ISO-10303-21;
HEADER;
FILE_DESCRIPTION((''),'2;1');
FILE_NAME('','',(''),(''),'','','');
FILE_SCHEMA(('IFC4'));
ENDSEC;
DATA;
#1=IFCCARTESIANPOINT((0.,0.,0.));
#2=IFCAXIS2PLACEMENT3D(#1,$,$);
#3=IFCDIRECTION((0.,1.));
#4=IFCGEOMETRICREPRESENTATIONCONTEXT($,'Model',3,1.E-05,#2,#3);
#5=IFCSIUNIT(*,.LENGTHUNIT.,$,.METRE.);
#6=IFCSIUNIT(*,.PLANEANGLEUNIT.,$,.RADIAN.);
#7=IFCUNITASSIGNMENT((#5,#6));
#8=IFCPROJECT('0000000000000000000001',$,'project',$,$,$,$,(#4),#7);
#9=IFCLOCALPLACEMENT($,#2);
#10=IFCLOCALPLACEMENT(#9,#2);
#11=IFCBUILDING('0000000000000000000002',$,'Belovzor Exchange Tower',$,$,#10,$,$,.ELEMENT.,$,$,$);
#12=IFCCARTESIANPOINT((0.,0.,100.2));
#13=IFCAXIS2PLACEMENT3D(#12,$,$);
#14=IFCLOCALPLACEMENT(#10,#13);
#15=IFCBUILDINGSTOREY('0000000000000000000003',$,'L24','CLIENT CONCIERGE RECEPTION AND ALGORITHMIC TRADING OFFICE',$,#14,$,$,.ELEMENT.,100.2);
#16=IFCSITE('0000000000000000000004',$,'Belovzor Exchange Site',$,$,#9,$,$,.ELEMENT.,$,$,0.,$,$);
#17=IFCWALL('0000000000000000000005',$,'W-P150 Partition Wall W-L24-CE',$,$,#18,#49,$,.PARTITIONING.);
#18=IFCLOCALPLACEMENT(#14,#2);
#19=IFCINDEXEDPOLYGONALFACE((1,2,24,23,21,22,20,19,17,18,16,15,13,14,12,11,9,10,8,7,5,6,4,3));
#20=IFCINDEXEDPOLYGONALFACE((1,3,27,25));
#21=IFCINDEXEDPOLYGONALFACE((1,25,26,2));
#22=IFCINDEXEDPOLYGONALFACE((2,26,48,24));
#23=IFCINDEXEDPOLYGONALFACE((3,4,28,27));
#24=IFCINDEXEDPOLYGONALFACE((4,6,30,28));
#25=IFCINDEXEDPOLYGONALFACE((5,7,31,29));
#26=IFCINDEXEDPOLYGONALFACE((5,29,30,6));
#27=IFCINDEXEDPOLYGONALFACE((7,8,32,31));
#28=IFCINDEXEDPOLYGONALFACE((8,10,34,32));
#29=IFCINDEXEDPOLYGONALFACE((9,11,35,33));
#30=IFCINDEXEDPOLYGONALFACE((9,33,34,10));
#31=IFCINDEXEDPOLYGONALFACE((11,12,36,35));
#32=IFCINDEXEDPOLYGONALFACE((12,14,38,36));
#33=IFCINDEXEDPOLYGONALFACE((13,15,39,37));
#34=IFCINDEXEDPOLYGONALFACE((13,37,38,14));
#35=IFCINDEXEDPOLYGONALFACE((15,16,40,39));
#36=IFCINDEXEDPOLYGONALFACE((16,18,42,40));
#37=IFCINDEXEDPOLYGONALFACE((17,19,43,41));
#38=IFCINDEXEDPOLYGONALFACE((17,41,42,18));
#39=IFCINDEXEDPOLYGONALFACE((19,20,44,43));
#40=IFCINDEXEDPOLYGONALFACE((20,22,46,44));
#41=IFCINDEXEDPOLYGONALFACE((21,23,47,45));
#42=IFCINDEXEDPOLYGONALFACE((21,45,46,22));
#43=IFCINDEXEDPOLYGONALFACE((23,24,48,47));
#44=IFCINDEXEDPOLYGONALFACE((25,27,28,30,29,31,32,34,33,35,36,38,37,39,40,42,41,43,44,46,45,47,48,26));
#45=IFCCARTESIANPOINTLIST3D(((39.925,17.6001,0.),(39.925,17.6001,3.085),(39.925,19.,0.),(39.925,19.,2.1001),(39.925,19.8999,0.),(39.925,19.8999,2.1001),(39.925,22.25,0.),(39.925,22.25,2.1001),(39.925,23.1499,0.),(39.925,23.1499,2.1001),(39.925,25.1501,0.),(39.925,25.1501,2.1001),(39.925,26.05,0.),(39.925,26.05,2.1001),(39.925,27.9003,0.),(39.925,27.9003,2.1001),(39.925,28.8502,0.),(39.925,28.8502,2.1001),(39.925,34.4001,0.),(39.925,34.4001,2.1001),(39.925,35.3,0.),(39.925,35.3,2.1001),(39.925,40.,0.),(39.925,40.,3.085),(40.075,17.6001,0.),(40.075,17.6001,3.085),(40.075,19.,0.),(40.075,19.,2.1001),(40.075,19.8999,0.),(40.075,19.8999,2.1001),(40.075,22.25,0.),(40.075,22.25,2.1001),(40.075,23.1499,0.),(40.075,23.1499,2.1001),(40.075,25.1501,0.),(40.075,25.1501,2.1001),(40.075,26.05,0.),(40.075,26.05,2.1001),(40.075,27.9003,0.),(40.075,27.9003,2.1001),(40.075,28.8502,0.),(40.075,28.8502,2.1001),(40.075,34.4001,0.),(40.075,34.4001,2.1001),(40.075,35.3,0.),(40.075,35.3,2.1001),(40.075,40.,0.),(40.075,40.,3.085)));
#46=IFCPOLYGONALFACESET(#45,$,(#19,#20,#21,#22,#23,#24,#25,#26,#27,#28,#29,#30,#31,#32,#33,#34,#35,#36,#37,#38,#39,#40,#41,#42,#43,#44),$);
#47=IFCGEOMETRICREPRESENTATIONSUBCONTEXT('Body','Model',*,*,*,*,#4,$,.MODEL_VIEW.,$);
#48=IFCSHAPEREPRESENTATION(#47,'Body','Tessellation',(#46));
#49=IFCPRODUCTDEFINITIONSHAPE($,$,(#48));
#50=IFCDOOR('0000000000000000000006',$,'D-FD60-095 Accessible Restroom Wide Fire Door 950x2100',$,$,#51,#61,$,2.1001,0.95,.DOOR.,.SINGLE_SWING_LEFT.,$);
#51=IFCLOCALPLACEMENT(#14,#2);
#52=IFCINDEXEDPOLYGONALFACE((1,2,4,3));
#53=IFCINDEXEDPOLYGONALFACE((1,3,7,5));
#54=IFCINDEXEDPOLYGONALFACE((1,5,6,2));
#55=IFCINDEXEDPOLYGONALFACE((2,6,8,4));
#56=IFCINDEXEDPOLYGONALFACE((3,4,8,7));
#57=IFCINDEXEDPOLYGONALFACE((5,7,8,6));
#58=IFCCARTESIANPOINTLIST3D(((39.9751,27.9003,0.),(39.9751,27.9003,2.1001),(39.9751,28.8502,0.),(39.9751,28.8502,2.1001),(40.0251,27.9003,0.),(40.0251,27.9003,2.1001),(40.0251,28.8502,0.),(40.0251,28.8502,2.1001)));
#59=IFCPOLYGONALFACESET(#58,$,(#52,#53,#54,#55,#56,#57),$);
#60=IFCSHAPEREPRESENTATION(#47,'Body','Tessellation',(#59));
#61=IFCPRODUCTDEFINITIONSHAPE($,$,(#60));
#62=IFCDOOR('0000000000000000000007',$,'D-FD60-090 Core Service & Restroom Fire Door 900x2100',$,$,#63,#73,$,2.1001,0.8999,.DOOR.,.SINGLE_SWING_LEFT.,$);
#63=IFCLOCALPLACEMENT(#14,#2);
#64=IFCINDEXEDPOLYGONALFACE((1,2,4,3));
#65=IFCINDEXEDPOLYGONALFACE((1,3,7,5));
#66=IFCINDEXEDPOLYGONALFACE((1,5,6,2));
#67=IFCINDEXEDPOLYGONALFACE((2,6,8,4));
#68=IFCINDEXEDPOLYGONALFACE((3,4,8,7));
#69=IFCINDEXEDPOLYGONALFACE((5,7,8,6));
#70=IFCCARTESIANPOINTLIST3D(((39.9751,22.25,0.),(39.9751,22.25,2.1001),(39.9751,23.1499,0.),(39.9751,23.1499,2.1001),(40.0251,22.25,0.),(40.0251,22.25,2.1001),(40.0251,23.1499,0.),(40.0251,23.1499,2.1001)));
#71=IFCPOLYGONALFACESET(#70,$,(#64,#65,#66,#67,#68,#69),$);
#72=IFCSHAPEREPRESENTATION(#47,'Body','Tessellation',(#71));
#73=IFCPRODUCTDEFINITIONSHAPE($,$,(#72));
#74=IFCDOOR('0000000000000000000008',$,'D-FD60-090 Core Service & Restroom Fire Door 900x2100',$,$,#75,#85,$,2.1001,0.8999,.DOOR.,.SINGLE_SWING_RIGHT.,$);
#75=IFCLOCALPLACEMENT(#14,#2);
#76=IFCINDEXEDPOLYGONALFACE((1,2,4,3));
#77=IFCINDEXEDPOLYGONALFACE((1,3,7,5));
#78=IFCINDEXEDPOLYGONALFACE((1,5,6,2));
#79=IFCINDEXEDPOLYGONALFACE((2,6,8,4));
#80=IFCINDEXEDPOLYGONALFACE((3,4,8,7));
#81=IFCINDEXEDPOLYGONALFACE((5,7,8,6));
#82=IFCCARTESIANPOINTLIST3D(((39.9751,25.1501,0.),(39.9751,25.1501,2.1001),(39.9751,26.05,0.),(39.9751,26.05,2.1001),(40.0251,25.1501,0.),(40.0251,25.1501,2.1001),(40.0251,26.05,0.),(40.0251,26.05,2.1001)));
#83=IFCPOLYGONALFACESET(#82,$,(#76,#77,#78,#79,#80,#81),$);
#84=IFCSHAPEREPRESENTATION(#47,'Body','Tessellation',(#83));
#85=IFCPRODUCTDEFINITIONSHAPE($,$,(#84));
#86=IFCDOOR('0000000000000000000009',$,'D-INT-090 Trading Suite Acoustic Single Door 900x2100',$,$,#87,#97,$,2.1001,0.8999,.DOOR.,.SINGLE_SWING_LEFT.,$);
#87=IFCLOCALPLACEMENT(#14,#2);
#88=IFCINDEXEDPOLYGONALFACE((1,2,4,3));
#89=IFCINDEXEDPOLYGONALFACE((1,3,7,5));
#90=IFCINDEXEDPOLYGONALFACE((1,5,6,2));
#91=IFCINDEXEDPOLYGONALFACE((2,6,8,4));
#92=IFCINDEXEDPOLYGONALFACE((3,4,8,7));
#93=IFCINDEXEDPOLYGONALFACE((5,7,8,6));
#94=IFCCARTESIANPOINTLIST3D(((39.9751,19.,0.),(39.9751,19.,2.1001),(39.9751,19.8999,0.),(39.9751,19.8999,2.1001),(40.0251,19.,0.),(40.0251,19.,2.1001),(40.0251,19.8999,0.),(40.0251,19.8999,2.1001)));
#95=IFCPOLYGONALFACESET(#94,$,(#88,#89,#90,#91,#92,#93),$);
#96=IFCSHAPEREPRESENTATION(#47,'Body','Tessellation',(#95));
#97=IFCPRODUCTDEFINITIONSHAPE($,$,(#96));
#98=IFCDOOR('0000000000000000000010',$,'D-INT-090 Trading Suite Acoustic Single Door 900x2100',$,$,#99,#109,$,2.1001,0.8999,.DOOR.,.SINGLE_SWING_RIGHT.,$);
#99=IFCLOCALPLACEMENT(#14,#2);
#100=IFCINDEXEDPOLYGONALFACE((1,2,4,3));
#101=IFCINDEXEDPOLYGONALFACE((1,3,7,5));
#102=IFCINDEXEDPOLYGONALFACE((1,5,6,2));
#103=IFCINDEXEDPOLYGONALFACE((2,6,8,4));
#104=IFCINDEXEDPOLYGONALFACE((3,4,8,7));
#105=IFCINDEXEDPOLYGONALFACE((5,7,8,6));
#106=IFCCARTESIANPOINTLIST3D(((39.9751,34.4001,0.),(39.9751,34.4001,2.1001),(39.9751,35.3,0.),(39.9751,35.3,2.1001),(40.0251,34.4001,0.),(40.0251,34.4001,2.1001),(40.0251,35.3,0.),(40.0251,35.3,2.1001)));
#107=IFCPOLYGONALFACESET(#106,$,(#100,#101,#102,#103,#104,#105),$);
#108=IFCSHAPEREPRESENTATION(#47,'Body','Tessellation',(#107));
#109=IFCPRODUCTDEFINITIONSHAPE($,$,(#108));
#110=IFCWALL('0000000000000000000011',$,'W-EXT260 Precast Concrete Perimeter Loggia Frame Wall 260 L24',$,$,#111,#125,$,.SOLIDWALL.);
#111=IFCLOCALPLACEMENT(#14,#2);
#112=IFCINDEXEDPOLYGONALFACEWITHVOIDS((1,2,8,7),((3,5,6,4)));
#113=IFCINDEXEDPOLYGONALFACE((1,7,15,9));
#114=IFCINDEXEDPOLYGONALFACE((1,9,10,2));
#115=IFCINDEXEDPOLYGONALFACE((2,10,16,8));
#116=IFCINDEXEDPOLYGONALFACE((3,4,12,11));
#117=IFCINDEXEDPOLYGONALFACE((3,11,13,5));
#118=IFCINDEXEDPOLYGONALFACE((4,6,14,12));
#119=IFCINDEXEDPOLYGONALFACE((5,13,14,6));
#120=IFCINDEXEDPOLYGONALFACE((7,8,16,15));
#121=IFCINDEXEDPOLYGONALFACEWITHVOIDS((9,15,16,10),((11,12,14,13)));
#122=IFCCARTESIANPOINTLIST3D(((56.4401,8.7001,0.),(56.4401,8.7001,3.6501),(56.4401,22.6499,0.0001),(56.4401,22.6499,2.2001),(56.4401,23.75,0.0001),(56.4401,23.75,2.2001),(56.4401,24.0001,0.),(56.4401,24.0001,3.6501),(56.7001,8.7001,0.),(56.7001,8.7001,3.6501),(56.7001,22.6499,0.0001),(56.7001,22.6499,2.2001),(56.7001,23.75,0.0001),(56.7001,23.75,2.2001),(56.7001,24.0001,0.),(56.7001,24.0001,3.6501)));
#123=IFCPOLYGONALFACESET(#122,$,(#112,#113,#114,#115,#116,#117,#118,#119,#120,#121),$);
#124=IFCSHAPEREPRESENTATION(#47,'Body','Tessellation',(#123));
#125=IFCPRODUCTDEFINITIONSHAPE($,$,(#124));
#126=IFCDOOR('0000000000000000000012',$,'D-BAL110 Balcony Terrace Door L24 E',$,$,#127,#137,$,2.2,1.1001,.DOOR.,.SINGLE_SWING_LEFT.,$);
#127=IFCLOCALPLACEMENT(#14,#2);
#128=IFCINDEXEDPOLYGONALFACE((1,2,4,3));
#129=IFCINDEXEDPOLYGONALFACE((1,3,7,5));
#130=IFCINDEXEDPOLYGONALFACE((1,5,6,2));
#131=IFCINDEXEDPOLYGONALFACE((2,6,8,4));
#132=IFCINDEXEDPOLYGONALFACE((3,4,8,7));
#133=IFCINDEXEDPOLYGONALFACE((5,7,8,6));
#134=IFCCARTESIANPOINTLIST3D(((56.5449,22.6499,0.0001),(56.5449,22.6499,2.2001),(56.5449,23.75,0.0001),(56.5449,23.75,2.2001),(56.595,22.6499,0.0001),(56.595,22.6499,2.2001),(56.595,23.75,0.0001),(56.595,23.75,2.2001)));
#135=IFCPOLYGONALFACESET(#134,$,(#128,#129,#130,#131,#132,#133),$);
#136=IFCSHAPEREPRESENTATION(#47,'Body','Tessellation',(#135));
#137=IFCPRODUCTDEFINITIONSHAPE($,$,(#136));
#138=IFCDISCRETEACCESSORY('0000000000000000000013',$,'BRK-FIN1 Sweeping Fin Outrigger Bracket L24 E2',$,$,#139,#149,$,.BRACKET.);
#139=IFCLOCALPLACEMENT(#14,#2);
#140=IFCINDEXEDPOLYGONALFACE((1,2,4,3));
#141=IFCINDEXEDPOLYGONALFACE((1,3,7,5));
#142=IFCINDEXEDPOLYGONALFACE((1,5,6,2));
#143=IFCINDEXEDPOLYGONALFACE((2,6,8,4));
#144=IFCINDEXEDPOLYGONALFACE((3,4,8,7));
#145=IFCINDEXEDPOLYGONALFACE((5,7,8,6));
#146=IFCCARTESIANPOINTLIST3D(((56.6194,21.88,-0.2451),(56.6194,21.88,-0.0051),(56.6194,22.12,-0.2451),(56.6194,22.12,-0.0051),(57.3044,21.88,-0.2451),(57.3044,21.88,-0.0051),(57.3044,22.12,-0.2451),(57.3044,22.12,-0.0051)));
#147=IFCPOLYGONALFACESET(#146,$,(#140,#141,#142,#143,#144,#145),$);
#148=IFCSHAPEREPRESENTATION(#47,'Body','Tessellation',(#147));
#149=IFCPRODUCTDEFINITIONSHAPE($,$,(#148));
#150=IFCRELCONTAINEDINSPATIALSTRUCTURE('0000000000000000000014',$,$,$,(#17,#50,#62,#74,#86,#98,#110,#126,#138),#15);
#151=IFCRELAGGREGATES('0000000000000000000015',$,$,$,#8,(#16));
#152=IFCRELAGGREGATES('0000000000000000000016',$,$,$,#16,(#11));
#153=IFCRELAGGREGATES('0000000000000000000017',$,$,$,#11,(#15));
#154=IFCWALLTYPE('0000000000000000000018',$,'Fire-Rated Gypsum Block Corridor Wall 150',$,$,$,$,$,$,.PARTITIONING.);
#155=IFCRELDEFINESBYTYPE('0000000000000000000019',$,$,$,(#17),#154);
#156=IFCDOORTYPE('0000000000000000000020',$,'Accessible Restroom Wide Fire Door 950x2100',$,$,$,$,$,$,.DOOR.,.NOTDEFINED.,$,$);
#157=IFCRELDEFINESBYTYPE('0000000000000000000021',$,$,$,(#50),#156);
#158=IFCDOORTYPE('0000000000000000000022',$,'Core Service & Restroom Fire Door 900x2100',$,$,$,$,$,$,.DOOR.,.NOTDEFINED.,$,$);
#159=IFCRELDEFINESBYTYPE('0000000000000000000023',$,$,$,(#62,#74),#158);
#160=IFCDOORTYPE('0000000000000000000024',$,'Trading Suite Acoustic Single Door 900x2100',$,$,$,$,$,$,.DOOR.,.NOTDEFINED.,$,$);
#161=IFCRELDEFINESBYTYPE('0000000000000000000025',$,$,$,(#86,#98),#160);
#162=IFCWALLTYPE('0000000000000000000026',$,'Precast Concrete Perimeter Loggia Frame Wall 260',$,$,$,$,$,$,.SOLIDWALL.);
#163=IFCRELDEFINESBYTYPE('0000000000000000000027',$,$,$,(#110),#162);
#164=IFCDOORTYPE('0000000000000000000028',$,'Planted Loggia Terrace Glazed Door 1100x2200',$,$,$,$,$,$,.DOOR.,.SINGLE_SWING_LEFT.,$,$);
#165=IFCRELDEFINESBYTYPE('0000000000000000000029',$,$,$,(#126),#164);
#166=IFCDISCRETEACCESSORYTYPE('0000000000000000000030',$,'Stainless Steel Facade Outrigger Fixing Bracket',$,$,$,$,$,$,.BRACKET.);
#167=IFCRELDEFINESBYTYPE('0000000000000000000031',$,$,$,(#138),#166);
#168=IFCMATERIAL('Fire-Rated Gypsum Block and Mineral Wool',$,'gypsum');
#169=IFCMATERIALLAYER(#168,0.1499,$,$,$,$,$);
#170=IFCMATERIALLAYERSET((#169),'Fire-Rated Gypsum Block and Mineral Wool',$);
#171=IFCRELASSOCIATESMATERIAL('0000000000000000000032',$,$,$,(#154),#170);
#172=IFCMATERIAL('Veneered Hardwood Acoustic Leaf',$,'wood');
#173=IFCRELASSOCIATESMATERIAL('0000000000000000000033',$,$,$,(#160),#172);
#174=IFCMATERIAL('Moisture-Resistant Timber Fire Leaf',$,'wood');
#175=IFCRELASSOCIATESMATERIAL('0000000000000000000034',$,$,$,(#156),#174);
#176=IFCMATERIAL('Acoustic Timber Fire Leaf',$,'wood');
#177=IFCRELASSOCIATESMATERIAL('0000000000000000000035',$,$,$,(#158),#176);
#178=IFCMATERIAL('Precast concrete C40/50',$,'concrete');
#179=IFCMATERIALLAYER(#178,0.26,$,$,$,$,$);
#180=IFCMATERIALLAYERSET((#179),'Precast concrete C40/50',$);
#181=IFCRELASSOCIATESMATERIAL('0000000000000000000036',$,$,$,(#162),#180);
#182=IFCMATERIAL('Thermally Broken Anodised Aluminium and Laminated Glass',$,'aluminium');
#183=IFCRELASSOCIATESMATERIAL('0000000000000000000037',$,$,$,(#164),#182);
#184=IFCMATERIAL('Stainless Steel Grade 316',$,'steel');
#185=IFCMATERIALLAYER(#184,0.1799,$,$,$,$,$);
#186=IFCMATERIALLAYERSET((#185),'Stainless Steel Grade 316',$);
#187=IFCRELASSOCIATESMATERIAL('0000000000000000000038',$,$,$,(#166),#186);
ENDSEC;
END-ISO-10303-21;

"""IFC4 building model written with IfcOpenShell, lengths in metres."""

from ifc_helpers import new_model, si_unit, direction, frame, frame_2d, origin, origin_2d, place, context, subcontext, project, spatial, rectangle, extrude, material, layer, layer_set, type_object, element, fill, save


model = new_model("IFC4")

# Units and contexts
model_context = context("Model", 3, precision=1e-05, world=origin(), true_north=direction((0.0, 1.0)))
body_context = subcontext(model_context, "Body", "Model", "MODEL_VIEW")
ifc_project = project(units=[si_unit("LENGTHUNIT", "METRE"), si_unit("PLANEANGLEUNIT", "RADIAN")], contexts=[model_context])

# Site, building, storey
site_placement = place(None, origin())
site = spatial("IfcSite", under=ifc_project, at=site_placement, Name="Belovzor Exchange Site", CompositionType="ELEMENT", RefElevation=0.0)
building_placement = place(site_placement, origin())
building = spatial("IfcBuilding", under=site, at=building_placement, Name="Belovzor Exchange Tower", CompositionType="ELEMENT")
storey_placement = place(building_placement, frame((0.0, 0.0, 100.2)))
storey = spatial("IfcBuildingStorey", under=building, at=storey_placement, Name="L24", Description="CLIENT CONCIERGE RECEPTION AND ALGORITHMIC TRADING OFFICE", CompositionType="ELEMENT", Elevation=100.2)

# Shared definitions
ifc_material_1 = material(Name="Fire-Rated Gypsum Block and Mineral Wool", Category="gypsum")
ifc_layer_1 = layer(ifc_material_1, 0.1499)
ifc_layer_set_1 = layer_set([ifc_layer_1], Name="Fire-Rated Gypsum Block and Mineral Wool")
wall_type_1 = type_object("IfcWallType", Name="Fire-Rated Gypsum Block Corridor Wall 150", PredefinedType="PARTITIONING", material=ifc_layer_set_1)

# Shared definitions
ifc_material_2 = material(Name="Veneered Hardwood Acoustic Leaf", Category="wood")
door_type_1 = type_object("IfcDoorType", Name="Trading Suite Acoustic Single Door 900x2100", OperationType="NOTDEFINED", PredefinedType="DOOR", material=ifc_material_2)

# Wall, openings, doors
wall_1_placement = place(storey_placement, frame((40.0, 17.6001, 0.0), z_axis=(0.0, 0.0, 1.0), x_axis=(0.0, 1.0, 0.0)))
wall_1 = element("IfcWall", 1, at=wall_1_placement, inside=storey, type_object=wall_type_1, Name="W-P150 Partition Wall W-L24-CE", PredefinedType="PARTITIONING", context=body_context, shape_type="SweptSolid", body=[
    extrude(rectangle(XDim=22.3999, YDim=0.1499, at=frame_2d((11.2, 0.0))), origin(), (0.0, 0.0, 1.0), 3.085),
])
opening_1_placement = place(wall_1_placement, frame((1.3999, 0.0, 0.0)))
opening_1 = element("IfcOpeningElement", 2, at=opening_1_placement, cuts=wall_1, PredefinedType="OPENING", context=body_context, shape_type="SweptSolid", body=[
    extrude(rectangle(XDim=0.8999, YDim=2.1001, at=frame_2d((0.45, 1.05))), frame((0.0, 0.085, 0.0), z_axis=(0.0, -1.0, 0.0), x_axis=(1.0, 0.0, 0.0)), (0.0, 0.0, 1.0), 0.1699),
])
opening_2_placement = place(wall_1_placement, frame((4.6499, 0.0, 0.0)))
opening_2 = element("IfcOpeningElement", 3, at=opening_2_placement, cuts=wall_1, PredefinedType="OPENING", context=body_context, shape_type="SweptSolid", body=[
    extrude(rectangle(XDim=0.8999, YDim=2.1001, at=frame_2d((0.45, 1.05))), frame((0.0, 0.085, 0.0), z_axis=(0.0, -1.0, 0.0), x_axis=(1.0, 0.0, 0.0)), (0.0, 0.0, 1.0), 0.1699),
])
opening_3_placement = place(wall_1_placement, frame((7.55, 0.0, 0.0)))
opening_3 = element("IfcOpeningElement", 4, at=opening_3_placement, cuts=wall_1, PredefinedType="OPENING", context=body_context, shape_type="SweptSolid", body=[
    extrude(rectangle(XDim=0.8999, YDim=2.1001, at=frame_2d((0.45, 1.05))), frame((0.0, 0.085, 0.0), z_axis=(0.0, -1.0, 0.0), x_axis=(1.0, 0.0, 0.0)), (0.0, 0.0, 1.0), 0.1699),
])
opening_4_placement = place(wall_1_placement, frame((10.3, 0.0, 0.0)))
opening_4 = element("IfcOpeningElement", 5, at=opening_4_placement, cuts=wall_1, PredefinedType="OPENING", context=body_context, shape_type="SweptSolid", body=[
    extrude(rectangle(XDim=0.95, YDim=2.1001, at=frame_2d((0.4751, 1.05))), frame((0.0, 0.085, 0.0), z_axis=(0.0, -1.0, 0.0), x_axis=(1.0, 0.0, 0.0)), (0.0, 0.0, 1.0), 0.1699),
])
opening_5_placement = place(wall_1_placement, frame((16.8, 0.0, 0.0)))
opening_5 = element("IfcOpeningElement", 6, at=opening_5_placement, cuts=wall_1, PredefinedType="OPENING", context=body_context, shape_type="SweptSolid", body=[
    extrude(rectangle(XDim=0.8999, YDim=2.1001, at=frame_2d((0.45, 1.05))), frame((0.0, 0.085, 0.0), z_axis=(0.0, -1.0, 0.0), x_axis=(1.0, 0.0, 0.0)), (0.0, 0.0, 1.0), 0.1699),
])
ifc_material_3 = material(Name="Moisture-Resistant Timber Fire Leaf", Category="wood")
door_type_2 = type_object("IfcDoorType", Name="Accessible Restroom Wide Fire Door 950x2100", OperationType="NOTDEFINED", PredefinedType="DOOR", material=ifc_material_3)
door_1_placement = place(opening_4_placement, origin())
door_1 = element("IfcDoor", 7, at=door_1_placement, inside=storey, type_object=door_type_2, Name="D-FD60-095 Accessible Restroom Wide Fire Door 950x2100", OperationType="SINGLE_SWING_LEFT", OverallHeight=2.1001, OverallWidth=0.95, PredefinedType="DOOR", context=body_context, shape_type="SweptSolid", body=[
    extrude(rectangle(XDim=0.95, YDim=2.1001, at=frame_2d((0.4751, 1.05))), frame((0.0, 0.0249, 0.0), z_axis=(0.0, -1.0, 0.0), x_axis=(1.0, 0.0, 0.0)), (0.0, 0.0, 1.0), 0.05),
])
fill(opening_4, door_1)
ifc_material_4 = material(Name="Acoustic Timber Fire Leaf", Category="wood")
door_type_3 = type_object("IfcDoorType", Name="Core Service & Restroom Fire Door 900x2100", OperationType="NOTDEFINED", PredefinedType="DOOR", material=ifc_material_4)
door_2_placement = place(opening_2_placement, origin())
door_2 = element("IfcDoor", 8, at=door_2_placement, inside=storey, type_object=door_type_3, Name="D-FD60-090 Core Service & Restroom Fire Door 900x2100", OperationType="SINGLE_SWING_LEFT", OverallHeight=2.1001, OverallWidth=0.8999, PredefinedType="DOOR", context=body_context, shape_type="SweptSolid", body=[
    extrude(rectangle(XDim=0.8999, YDim=2.1001, at=frame_2d((0.45, 1.05))), frame((0.0, 0.0249, 0.0), z_axis=(0.0, -1.0, 0.0), x_axis=(1.0, 0.0, 0.0)), (0.0, 0.0, 1.0), 0.05),
])
fill(opening_2, door_2)
door_3_placement = place(opening_3_placement, origin())
door_3 = element("IfcDoor", 9, at=door_3_placement, inside=storey, type_object=door_type_3, Name="D-FD60-090 Core Service & Restroom Fire Door 900x2100", OperationType="SINGLE_SWING_RIGHT", OverallHeight=2.1001, OverallWidth=0.8999, PredefinedType="DOOR", context=body_context, shape_type="SweptSolid", body=[
    extrude(rectangle(XDim=0.8999, YDim=2.1001, at=frame_2d((0.45, 1.05))), frame((0.0, 0.0249, 0.0), z_axis=(0.0, -1.0, 0.0), x_axis=(1.0, 0.0, 0.0)), (0.0, 0.0, 1.0), 0.05),
])
fill(opening_3, door_3)
door_4_placement = place(opening_1_placement, origin())
door_4 = element("IfcDoor", 10, at=door_4_placement, inside=storey, type_object=door_type_1, Name="D-INT-090 Trading Suite Acoustic Single Door 900x2100", OperationType="SINGLE_SWING_LEFT", OverallHeight=2.1001, OverallWidth=0.8999, PredefinedType="DOOR", context=body_context, shape_type="SweptSolid", body=[
    extrude(rectangle(XDim=0.8999, YDim=2.1001, at=frame_2d((0.45, 1.05))), frame((0.0, 0.0249, 0.0), z_axis=(0.0, -1.0, 0.0), x_axis=(1.0, 0.0, 0.0)), (0.0, 0.0, 1.0), 0.05),
])
fill(opening_1, door_4)
door_5_placement = place(opening_5_placement, origin())
door_5 = element("IfcDoor", 11, at=door_5_placement, inside=storey, type_object=door_type_1, Name="D-INT-090 Trading Suite Acoustic Single Door 900x2100", OperationType="SINGLE_SWING_RIGHT", OverallHeight=2.1001, OverallWidth=0.8999, PredefinedType="DOOR", context=body_context, shape_type="SweptSolid", body=[
    extrude(rectangle(XDim=0.8999, YDim=2.1001, at=frame_2d((0.45, 1.05))), frame((0.0, 0.0249, 0.0), z_axis=(0.0, -1.0, 0.0), x_axis=(1.0, 0.0, 0.0)), (0.0, 0.0, 1.0), 0.05),
])
fill(opening_5, door_5)

# Wall, opening, door
ifc_material_5 = material(Name="Precast concrete C40/50", Category="concrete")
ifc_layer_2 = layer(ifc_material_5, 0.26)
ifc_layer_set_2 = layer_set([ifc_layer_2], Name="Precast concrete C40/50")
wall_type_2 = type_object("IfcWallType", Name="Precast Concrete Perimeter Loggia Frame Wall 260", PredefinedType="SOLIDWALL", material=ifc_layer_set_2)
wall_2_placement = place(storey_placement, frame((56.5701, 24.0, 0.0), z_axis=(0.0, 0.0, 1.0), x_axis=(0.0, -1.0, 0.0)))
wall_2 = element("IfcWall", 12, at=wall_2_placement, inside=storey, type_object=wall_type_2, Name="W-EXT260 Precast Concrete Perimeter Loggia Frame Wall 260 L24", PredefinedType="SOLIDWALL", context=body_context, shape_type="SweptSolid", body=[
    extrude(rectangle(XDim=15.3, YDim=0.26, at=frame_2d((7.6499, 0.0))), origin(), (0.0, 0.0, 1.0), 3.6501),
])
opening_6_placement = place(wall_2_placement, frame((0.25, 0.0, 0.0)))
opening_6 = element("IfcOpeningElement", 13, at=opening_6_placement, cuts=wall_2, PredefinedType="OPENING", context=body_context, shape_type="SweptSolid", body=[
    extrude(rectangle(XDim=1.1001, YDim=2.2, at=frame_2d((0.55, 1.1001))), frame((0.0, 0.1399, 0.0), z_axis=(0.0, -1.0, 0.0), x_axis=(1.0, 0.0, 0.0)), (0.0, 0.0, 1.0), 0.28),
])
ifc_material_6 = material(Name="Thermally Broken Anodised Aluminium and Laminated Glass", Category="aluminium")
door_type_4 = type_object("IfcDoorType", Name="Planted Loggia Terrace Glazed Door 1100x2200", OperationType="SINGLE_SWING_LEFT", PredefinedType="DOOR", material=ifc_material_6)
door_6_placement = place(opening_6_placement, origin())
door_6 = element("IfcDoor", 14, at=door_6_placement, inside=storey, type_object=door_type_4, Name="D-BAL110 Balcony Terrace Door L24 E", OperationType="SINGLE_SWING_LEFT", OverallHeight=2.2, OverallWidth=1.1001, PredefinedType="DOOR", context=body_context, shape_type="SweptSolid", body=[
    extrude(rectangle(XDim=1.1001, YDim=2.2, at=frame_2d((0.55, 1.1001))), frame((0.0, 0.0249, 0.0), z_axis=(0.0, -1.0, 0.0), x_axis=(1.0, 0.0, 0.0)), (0.0, 0.0, 1.0), 0.05),
])
fill(opening_6, door_6)

# Discrete accessory
ifc_material_7 = material(Name="Stainless Steel Grade 316", Category="steel")
ifc_layer_3 = layer(ifc_material_7, 0.1799)
ifc_layer_set_3 = layer_set([ifc_layer_3], Name="Stainless Steel Grade 316")
discrete_accessory_type = type_object("IfcDiscreteAccessoryType", Name="Stainless Steel Facade Outrigger Fixing Bracket", PredefinedType="BRACKET", material=ifc_layer_set_3)
discrete_accessory_placement = place(storey_placement, frame((56.9619, 22.0, -0.2451), z_axis=(0.0, 0.0, 1.0), x_axis=(1.0, 0.0, 0.0)))
element("IfcDiscreteAccessory", 15, at=discrete_accessory_placement, inside=storey, type_object=discrete_accessory_type, Name="BRK-FIN1 Sweeping Fin Outrigger Bracket L24 E2", PredefinedType="BRACKET", context=body_context, shape_type="SweptSolid", body=[
    extrude(rectangle(XDim=0.6851, YDim=0.24, at=origin_2d()), origin(), (0.0, 0.0, 1.0), 0.24),
])

save(model, "model.ifc")
